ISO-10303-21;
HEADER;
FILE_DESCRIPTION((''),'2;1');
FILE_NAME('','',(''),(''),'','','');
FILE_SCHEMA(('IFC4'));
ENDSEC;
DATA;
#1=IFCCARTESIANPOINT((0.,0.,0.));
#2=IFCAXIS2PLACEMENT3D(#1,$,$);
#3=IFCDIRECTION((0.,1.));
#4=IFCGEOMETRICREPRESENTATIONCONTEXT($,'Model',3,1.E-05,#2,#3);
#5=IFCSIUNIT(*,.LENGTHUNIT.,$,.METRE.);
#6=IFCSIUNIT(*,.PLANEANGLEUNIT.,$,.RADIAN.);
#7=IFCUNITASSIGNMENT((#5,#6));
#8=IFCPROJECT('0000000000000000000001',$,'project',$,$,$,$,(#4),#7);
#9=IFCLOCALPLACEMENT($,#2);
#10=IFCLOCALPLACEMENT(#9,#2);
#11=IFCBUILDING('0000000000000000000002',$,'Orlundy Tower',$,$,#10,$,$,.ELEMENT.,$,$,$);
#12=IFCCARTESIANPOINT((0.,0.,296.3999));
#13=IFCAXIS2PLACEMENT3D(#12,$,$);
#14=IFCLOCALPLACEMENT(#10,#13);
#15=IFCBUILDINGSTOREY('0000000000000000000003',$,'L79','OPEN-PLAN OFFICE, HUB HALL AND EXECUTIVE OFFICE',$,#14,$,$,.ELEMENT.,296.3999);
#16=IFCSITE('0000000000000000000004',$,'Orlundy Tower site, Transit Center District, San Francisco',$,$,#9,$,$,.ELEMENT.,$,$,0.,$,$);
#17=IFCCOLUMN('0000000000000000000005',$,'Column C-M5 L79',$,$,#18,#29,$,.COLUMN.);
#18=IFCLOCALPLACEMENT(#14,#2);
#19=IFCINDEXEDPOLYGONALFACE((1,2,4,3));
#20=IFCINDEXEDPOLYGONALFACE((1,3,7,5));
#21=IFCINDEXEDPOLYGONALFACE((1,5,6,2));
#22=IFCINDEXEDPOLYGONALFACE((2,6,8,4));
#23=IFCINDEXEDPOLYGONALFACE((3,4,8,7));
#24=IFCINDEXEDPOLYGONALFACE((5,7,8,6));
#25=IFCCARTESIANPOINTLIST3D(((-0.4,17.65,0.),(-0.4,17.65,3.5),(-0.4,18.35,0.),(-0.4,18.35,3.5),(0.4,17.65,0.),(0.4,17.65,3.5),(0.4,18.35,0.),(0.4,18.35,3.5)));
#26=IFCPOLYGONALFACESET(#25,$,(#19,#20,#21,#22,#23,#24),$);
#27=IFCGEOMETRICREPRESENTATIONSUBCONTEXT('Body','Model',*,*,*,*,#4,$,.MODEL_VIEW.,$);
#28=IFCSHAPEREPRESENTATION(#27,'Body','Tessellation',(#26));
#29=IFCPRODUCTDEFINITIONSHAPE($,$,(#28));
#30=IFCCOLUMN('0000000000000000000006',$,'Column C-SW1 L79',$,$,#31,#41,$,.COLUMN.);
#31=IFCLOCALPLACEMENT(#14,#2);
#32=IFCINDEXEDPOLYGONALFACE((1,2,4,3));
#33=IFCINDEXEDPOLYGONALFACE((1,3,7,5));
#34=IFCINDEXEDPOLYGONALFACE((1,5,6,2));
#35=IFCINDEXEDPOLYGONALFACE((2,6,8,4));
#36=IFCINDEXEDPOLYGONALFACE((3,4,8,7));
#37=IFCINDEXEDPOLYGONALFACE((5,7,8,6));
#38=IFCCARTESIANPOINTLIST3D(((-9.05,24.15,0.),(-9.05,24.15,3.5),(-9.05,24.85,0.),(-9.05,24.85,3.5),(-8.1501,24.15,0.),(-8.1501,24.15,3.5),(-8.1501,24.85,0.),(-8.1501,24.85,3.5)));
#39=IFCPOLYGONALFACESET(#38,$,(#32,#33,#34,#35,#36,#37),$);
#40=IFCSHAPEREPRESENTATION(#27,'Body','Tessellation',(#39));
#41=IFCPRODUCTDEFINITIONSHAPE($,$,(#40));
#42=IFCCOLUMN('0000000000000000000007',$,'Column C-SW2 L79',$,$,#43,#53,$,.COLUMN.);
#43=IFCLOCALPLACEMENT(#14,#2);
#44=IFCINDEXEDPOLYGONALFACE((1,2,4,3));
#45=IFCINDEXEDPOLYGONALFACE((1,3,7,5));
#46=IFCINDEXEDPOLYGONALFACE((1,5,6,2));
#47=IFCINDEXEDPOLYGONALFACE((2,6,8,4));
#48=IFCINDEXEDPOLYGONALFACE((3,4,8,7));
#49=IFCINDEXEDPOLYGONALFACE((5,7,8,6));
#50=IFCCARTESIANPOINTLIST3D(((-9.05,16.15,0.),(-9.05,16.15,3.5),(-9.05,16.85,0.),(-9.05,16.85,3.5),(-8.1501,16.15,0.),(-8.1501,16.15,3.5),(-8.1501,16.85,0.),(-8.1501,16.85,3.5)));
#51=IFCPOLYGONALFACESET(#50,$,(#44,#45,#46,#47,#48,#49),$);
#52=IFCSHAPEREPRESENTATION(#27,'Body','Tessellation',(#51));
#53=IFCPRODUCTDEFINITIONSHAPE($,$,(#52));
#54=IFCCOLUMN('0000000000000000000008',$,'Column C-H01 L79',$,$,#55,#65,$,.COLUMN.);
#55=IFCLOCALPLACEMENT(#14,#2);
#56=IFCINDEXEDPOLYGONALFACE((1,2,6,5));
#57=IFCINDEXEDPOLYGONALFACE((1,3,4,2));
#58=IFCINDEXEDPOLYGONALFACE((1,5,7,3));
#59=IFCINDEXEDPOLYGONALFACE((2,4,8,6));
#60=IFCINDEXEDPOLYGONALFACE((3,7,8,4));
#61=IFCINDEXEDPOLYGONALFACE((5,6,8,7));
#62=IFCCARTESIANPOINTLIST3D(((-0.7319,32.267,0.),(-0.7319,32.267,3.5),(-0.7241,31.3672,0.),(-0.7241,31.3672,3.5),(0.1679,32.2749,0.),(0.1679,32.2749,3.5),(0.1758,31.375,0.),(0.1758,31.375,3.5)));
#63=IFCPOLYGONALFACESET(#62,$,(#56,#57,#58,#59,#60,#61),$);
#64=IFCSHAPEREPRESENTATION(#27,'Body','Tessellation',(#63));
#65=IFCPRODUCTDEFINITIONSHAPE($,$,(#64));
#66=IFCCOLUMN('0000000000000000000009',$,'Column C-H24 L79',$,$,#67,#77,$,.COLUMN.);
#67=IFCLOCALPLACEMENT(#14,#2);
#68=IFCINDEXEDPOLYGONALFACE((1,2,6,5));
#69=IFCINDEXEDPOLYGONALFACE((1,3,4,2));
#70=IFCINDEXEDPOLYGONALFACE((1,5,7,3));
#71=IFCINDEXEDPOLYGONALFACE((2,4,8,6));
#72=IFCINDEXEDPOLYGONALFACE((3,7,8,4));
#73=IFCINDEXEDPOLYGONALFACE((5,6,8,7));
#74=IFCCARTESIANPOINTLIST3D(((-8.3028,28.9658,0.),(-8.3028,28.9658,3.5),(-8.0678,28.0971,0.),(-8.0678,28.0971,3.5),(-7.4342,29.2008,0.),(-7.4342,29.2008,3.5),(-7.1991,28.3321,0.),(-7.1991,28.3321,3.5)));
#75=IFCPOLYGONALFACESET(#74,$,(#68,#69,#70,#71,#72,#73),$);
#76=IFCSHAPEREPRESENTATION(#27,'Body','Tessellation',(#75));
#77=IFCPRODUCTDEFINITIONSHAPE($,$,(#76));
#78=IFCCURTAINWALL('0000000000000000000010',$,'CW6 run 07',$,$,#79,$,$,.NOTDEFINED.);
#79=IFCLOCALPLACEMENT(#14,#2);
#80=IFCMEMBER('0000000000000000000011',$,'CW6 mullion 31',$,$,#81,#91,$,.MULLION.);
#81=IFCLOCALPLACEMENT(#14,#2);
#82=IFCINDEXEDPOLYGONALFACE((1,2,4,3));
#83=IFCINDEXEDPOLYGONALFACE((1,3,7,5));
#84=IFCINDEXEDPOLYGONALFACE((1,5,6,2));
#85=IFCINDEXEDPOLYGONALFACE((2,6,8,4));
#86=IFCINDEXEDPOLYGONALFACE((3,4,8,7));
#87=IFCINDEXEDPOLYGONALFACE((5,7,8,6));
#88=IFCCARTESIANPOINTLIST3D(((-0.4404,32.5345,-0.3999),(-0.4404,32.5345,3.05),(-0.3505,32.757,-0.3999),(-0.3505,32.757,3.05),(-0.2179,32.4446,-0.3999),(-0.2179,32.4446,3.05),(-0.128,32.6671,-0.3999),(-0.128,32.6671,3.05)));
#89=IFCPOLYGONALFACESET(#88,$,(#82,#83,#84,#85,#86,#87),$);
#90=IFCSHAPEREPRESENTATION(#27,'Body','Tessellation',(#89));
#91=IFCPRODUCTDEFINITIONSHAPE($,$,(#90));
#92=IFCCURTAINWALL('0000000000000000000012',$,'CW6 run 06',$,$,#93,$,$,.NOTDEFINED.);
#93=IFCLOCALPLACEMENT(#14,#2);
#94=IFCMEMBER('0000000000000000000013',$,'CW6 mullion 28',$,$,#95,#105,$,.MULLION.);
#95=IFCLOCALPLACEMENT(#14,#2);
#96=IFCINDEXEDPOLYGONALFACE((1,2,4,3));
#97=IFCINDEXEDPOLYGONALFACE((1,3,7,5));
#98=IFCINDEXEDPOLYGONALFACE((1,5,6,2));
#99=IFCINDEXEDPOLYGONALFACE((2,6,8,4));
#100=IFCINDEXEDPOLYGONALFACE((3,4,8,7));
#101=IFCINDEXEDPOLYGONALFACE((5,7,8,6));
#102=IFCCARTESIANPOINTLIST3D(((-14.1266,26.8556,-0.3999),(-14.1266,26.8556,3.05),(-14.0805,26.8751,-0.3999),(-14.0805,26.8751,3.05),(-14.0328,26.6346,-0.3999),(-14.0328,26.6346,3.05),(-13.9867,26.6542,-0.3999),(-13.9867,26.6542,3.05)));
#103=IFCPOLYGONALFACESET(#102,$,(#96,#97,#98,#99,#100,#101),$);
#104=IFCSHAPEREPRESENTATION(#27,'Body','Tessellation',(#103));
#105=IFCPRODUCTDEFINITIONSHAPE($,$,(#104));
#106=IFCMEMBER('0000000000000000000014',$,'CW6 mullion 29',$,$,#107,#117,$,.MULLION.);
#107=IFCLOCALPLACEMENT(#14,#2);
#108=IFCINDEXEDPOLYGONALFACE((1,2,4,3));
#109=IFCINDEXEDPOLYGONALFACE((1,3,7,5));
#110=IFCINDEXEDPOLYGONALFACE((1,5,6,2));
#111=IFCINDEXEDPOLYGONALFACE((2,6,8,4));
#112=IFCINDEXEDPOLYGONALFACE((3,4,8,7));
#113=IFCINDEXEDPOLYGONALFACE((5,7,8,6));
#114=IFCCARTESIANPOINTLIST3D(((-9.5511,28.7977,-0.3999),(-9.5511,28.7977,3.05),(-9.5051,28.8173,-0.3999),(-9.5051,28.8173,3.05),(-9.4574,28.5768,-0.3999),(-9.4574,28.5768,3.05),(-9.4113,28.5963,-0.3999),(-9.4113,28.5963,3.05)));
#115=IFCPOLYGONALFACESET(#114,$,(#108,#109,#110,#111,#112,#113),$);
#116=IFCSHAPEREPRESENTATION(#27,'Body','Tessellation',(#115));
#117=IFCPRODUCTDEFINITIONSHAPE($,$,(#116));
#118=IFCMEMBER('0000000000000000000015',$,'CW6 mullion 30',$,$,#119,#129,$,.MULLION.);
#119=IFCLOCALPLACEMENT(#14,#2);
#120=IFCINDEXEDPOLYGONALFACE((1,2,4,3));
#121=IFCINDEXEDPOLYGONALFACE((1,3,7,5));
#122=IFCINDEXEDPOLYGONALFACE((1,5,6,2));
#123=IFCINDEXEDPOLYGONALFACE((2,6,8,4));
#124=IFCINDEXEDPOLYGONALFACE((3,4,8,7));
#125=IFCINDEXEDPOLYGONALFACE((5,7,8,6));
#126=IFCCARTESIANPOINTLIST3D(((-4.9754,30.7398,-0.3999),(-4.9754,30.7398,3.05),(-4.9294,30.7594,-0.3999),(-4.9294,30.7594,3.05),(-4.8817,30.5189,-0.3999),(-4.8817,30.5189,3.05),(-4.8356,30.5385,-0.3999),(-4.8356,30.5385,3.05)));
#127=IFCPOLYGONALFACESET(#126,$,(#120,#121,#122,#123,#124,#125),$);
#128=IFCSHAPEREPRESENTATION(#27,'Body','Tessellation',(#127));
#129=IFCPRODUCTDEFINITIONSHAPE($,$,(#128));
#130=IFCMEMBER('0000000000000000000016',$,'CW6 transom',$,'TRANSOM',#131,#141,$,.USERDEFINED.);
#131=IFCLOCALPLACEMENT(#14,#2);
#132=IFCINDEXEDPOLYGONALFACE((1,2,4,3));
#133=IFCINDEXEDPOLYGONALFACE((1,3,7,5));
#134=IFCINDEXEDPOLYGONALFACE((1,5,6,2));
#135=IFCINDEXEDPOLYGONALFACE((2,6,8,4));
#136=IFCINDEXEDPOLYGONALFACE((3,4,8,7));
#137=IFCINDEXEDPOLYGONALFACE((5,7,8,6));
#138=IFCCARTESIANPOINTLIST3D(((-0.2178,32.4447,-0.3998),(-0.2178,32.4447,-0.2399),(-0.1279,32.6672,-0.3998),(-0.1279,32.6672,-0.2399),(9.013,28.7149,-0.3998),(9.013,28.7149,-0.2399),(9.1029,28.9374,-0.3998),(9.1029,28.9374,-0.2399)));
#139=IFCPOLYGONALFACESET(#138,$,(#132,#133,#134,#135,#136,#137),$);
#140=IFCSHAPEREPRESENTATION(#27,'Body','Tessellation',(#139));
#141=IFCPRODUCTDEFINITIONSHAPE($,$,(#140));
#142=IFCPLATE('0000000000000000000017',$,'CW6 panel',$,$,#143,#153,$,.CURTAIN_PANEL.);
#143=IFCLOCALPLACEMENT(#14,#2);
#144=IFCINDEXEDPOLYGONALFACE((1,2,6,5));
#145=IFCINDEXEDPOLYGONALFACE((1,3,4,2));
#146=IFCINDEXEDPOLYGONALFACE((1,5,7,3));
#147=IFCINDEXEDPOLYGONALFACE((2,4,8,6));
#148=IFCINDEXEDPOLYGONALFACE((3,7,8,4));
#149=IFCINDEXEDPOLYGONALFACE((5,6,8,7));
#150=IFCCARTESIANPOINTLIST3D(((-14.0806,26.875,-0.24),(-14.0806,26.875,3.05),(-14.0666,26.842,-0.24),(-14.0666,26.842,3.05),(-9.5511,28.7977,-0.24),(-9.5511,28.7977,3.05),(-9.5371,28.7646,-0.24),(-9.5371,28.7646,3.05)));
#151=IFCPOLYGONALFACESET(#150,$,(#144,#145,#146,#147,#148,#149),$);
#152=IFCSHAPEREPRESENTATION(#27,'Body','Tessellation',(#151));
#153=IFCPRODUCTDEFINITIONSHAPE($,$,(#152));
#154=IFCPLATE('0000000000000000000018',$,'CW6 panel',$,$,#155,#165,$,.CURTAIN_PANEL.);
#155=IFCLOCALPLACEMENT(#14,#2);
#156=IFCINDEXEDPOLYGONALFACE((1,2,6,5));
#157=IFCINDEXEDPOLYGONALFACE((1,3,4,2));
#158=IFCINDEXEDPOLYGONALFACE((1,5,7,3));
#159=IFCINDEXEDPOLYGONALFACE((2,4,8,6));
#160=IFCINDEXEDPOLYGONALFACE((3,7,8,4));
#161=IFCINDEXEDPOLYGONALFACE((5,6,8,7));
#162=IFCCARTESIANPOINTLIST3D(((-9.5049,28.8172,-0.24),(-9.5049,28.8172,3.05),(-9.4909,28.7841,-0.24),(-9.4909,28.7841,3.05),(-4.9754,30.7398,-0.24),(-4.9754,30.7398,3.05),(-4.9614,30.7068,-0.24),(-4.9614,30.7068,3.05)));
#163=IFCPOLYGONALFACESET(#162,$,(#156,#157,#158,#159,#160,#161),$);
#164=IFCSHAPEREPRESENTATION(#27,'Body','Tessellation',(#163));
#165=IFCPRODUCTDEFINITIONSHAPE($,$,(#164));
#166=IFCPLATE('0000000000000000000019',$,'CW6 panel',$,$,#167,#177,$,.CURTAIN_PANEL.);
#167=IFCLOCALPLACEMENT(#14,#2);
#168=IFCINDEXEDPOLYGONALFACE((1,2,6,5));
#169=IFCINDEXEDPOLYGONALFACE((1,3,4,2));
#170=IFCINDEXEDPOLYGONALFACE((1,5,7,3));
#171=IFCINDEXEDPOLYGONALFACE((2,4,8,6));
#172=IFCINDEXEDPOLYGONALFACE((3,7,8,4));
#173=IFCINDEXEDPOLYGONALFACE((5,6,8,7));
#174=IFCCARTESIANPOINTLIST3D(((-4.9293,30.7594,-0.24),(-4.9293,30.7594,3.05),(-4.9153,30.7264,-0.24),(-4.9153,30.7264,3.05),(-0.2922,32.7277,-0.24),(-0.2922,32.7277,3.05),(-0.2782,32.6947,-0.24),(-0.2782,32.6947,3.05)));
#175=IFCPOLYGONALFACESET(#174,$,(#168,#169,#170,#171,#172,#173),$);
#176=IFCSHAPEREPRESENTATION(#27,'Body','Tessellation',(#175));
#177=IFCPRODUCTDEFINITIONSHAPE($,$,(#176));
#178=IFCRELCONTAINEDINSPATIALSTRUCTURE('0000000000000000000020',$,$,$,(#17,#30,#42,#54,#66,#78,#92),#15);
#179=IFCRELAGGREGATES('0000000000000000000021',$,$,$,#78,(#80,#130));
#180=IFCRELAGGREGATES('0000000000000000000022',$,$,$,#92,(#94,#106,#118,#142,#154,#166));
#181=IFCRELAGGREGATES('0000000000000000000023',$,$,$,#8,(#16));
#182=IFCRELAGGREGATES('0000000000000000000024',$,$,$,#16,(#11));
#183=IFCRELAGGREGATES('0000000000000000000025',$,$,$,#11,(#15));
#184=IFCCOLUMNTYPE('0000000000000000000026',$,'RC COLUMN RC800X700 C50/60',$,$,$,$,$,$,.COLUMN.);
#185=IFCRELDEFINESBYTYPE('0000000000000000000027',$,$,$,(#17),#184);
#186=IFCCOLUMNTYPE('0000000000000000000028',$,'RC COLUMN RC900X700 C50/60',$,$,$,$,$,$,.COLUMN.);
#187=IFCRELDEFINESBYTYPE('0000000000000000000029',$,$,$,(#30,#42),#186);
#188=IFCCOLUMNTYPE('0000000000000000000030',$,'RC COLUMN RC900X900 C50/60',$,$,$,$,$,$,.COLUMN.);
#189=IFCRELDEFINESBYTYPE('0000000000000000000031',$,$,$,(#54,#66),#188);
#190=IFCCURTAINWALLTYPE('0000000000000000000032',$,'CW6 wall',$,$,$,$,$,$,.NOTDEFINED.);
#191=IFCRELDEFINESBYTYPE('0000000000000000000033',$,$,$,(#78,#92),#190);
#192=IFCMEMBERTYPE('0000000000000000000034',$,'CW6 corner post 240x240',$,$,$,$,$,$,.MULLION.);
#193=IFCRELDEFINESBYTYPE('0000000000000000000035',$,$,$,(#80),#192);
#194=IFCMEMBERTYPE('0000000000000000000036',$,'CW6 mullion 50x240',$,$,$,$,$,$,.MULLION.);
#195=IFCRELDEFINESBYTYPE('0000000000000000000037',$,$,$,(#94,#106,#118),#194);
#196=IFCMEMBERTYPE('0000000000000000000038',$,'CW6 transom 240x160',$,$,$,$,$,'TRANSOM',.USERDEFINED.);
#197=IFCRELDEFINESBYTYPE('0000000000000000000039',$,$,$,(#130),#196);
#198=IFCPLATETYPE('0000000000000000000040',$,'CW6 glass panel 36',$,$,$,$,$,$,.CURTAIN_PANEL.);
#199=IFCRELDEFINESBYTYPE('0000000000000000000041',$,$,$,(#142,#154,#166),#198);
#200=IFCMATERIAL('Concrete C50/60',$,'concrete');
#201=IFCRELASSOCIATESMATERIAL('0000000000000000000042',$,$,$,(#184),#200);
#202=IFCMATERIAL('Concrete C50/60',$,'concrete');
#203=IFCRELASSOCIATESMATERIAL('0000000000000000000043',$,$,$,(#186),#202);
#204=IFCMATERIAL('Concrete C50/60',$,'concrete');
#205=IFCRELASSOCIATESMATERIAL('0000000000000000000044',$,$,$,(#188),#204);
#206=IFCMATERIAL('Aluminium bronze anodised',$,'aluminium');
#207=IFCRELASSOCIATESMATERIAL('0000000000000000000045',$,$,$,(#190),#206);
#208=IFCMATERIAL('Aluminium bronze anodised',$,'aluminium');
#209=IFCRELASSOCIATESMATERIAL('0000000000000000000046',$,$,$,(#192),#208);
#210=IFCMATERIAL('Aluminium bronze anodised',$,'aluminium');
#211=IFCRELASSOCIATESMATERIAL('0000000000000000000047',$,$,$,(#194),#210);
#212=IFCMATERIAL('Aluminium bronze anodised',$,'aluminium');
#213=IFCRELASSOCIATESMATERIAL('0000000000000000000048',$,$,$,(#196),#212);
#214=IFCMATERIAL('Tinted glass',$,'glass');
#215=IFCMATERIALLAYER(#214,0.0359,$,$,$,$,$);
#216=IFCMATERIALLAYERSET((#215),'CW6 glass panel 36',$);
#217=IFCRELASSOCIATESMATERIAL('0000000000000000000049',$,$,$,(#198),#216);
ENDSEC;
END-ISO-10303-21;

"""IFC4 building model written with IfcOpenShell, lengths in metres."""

from ifc_helpers import new_model, si_unit, direction, frame, origin, origin_2d, place, context, subcontext, project, spatial, rectangle, extrude, material, layer, layer_set, material_profile, profile_set, type_object, element, aggregate, save


model = new_model("IFC4")

# Units and contexts
model_context = context("Model", 3, precision=1e-05, world=origin(), true_north=direction((0.0, 1.0)))
body_context = subcontext(model_context, "Body", "Model", "MODEL_VIEW")
ifc_project = project(units=[si_unit("LENGTHUNIT", "METRE"), si_unit("PLANEANGLEUNIT", "RADIAN")], contexts=[model_context])

# Site, building, storey
site_placement = place(None, origin())
site = spatial("IfcSite", under=ifc_project, at=site_placement, Name="Orlundy Tower site, Transit Center District, San Francisco", CompositionType="ELEMENT", RefElevation=0.0)
building_placement = place(site_placement, origin())
building = spatial("IfcBuilding", under=site, at=building_placement, Name="Orlundy Tower", CompositionType="ELEMENT")
storey_placement = place(building_placement, frame((0.0, 0.0, 296.3999)))
storey = spatial("IfcBuildingStorey", under=building, at=storey_placement, Name="L79", Description="OPEN-PLAN OFFICE, HUB HALL AND EXECUTIVE OFFICE", CompositionType="ELEMENT", Elevation=296.3999)

# Columns
ifc_material_1 = material(Name="Concrete C50/60", Category="concrete")
ifc_material_profile_1 = material_profile(ifc_material_1, rectangle(XDim=0.8, YDim=0.7, at=origin_2d()), Name="RC800X700")
ifc_profile_set_1 = profile_set([ifc_material_profile_1], Name="Concrete C50/60")
column_type_1 = type_object("IfcColumnType", Name="RC COLUMN RC800X700 C50/60", PredefinedType="COLUMN", material=ifc_profile_set_1)
column_placement = place(storey_placement, frame((0.0, 18.0, 0.0), z_axis=(0.0, 0.0, 1.0), x_axis=(1.0, 0.0, 0.0)))
element("IfcColumn", 1, at=column_placement, inside=storey, type_object=column_type_1, Name="Column C-M5 L79", PredefinedType="COLUMN", context=body_context, shape_type="SweptSolid", body=[
    extrude(rectangle(XDim=0.8, YDim=0.7, at=origin_2d()), origin(), (0.0, 0.0, 1.0), 3.5),
])
ifc_material_2 = material(Name="Concrete C50/60", Category="concrete")
ifc_material_profile_2 = material_profile(ifc_material_2, rectangle(XDim=0.8999, YDim=0.7, at=origin_2d()), Name="RC900X700")
ifc_profile_set_2 = profile_set([ifc_material_profile_2], Name="Concrete C50/60")
column_type_2 = type_object("IfcColumnType", Name="RC COLUMN RC900X700 C50/60", PredefinedType="COLUMN", material=ifc_profile_set_2)
for number, where, z_axis, x_axis, name in (
    (2, (-8.6001, 24.5, 0.0), (0.0, 0.0, 1.0), (1.0, 0.0, 0.0), "Column C-SW1 L79"),
    (3, (-8.6001, 16.5, 0.0), (0.0, 0.0, 1.0), (1.0, 0.0, 0.0), "Column C-SW2 L79"),
):
    element("IfcColumn", number, at=place(storey_placement, frame(where, z_axis=z_axis, x_axis=x_axis)), inside=storey, type_object=column_type_2, Name=name, PredefinedType="COLUMN", context=body_context, shape_type="SweptSolid", body=[
        extrude(rectangle(XDim=0.8999, YDim=0.7, at=origin_2d()), origin(), (0.0, 0.0, 1.0), 3.5),
    ])
ifc_material_3 = material(Name="Concrete C50/60", Category="concrete")
ifc_material_profile_3 = material_profile(ifc_material_3, rectangle(XDim=0.8999, YDim=0.8999, at=origin_2d()), Name="RC900X900")
ifc_profile_set_3 = profile_set([ifc_material_profile_3], Name="Concrete C50/60")
column_type_3 = type_object("IfcColumnType", Name="RC COLUMN RC900X900 C50/60", PredefinedType="COLUMN", material=ifc_profile_set_3)
for number, where, z_axis, x_axis, name in (
    (4, (-0.2781, 31.821, 0.0), (0.0, 0.0, 1.0), (-0.008744, 0.999962, 0.0), "Column C-H01 L79"),
    (5, (-7.751, 28.6489, 0.0), (0.0, 0.0, 1.0), (-0.261162, 0.965295, 0.0), "Column C-H24 L79"),
):
    element("IfcColumn", number, at=place(storey_placement, frame(where, z_axis=z_axis, x_axis=x_axis)), inside=storey, type_object=column_type_3, Name=name, PredefinedType="COLUMN", context=body_context, shape_type="SweptSolid", body=[
        extrude(rectangle(XDim=0.8999, YDim=0.8999, at=origin_2d()), origin(), (0.0, 0.0, 1.0), 3.5),
    ])

# Curtain wall, member
ifc_material_4 = material(Name="Aluminium bronze anodised", Category="aluminium")
curtain_wall_type = type_object("IfcCurtainWallType", Name="CW6 wall", PredefinedType="NOTDEFINED", material=ifc_material_4)
curtain_wall_1_placement = place(storey_placement, origin())
curtain_wall_1 = element("IfcCurtainWall", 6, at=curtain_wall_1_placement, inside=storey, type_object=curtain_wall_type, Name="CW6 run 07", PredefinedType="NOTDEFINED")
ifc_material_5 = material(Name="Aluminium bronze anodised", Category="aluminium")
ifc_material_profile_4 = material_profile(ifc_material_5, rectangle(XDim=0.24, YDim=0.24, at=origin_2d()), Name="CW6 corner post 240x240")
ifc_profile_set_4 = profile_set([ifc_material_profile_4], Name="Aluminium bronze anodised")
member_type_1 = type_object("IfcMemberType", Name="CW6 corner post 240x240", PredefinedType="MULLION", material=ifc_profile_set_4)
member_1_placement = place(storey_placement, frame((-0.2842, 32.6008, -0.3999), z_axis=(0.0, 0.0, 1.0), x_axis=(0.374639, 0.927171, 0.0)))
member_1 = element("IfcMember", 7, at=member_1_placement, type_object=member_type_1, Name="CW6 mullion 31", PredefinedType="MULLION", context=body_context, shape_type="SweptSolid", body=[
    extrude(rectangle(XDim=0.24, YDim=0.24, at=origin_2d()), origin(), (0.0, 0.0, 1.0), 3.45),
])

# Curtain wall, members
curtain_wall_2_placement = place(storey_placement, origin())
curtain_wall_2 = element("IfcCurtainWall", 8, at=curtain_wall_2_placement, inside=storey, type_object=curtain_wall_type, Name="CW6 run 06", PredefinedType="NOTDEFINED")
ifc_material_6 = material(Name="Aluminium bronze anodised", Category="aluminium")
ifc_material_profile_5 = material_profile(ifc_material_6, rectangle(XDim=0.24, YDim=0.05, at=origin_2d()), Name="CW6 mullion 50x240")
ifc_profile_set_5 = profile_set([ifc_material_profile_5], Name="Aluminium bronze anodised")
member_type_2 = type_object("IfcMemberType", Name="CW6 mullion 50x240", PredefinedType="MULLION", material=ifc_profile_set_5)
member_2_placement = place(storey_placement, frame((-14.0566, 26.7549, -0.3999), z_axis=(0.0, 0.0, 1.0), x_axis=(-0.390727, 0.920507, 0.0)))
member_2 = element("IfcMember", 9, at=member_2_placement, type_object=member_type_2, Name="CW6 mullion 28", PredefinedType="MULLION", context=body_context, shape_type="SweptSolid", body=[
    extrude(rectangle(XDim=0.24, YDim=0.05, at=origin_2d()), origin(), (0.0, 0.0, 1.0), 3.45),
])
member_3_placement = place(storey_placement, frame((-9.4812, 28.697, -0.3999), z_axis=(0.0, 0.0, 1.0), x_axis=(-0.390727, 0.920507, 0.0)))
member_3 = element("IfcMember", 10, at=member_3_placement, type_object=member_type_2, Name="CW6 mullion 29", PredefinedType="MULLION", context=body_context, shape_type="SweptSolid", body=[
    extrude(rectangle(XDim=0.24, YDim=0.05, at=origin_2d()), origin(), (0.0, 0.0, 1.0), 3.45),
])
member_4_placement = place(storey_placement, frame((-4.9055, 30.6392, -0.3999), z_axis=(0.0, 0.0, 1.0), x_axis=(-0.390727, 0.920507, 0.0)))
member_4 = element("IfcMember", 11, at=member_4_placement, type_object=member_type_2, Name="CW6 mullion 30", PredefinedType="MULLION", context=body_context, shape_type="SweptSolid", body=[
    extrude(rectangle(XDim=0.24, YDim=0.05, at=origin_2d()), origin(), (0.0, 0.0, 1.0), 3.45),
])

# Member
ifc_material_7 = material(Name="Aluminium bronze anodised", Category="aluminium")
ifc_material_profile_6 = material_profile(ifc_material_7, rectangle(XDim=0.24, YDim=0.1599, at=origin_2d()), Name="CW6 transom 240x160")
ifc_profile_set_6 = profile_set([ifc_material_profile_6], Name="Aluminium bronze anodised")
member_type_3 = type_object("IfcMemberType", Name="CW6 transom 240x160", ElementType="TRANSOM", PredefinedType="USERDEFINED", material=ifc_profile_set_6)
member_5_placement = place(storey_placement, frame((-0.1729, 32.5559, -0.3198), z_axis=(0.927174, -0.374631, 0.0), x_axis=(0.374631, 0.927174, 0.0)))
member_5 = element("IfcMember", 12, at=member_5_placement, type_object=member_type_3, Name="CW6 transom", ObjectType="TRANSOM", PredefinedType="USERDEFINED", context=body_context, shape_type="SweptSolid", body=[
    extrude(rectangle(XDim=0.24, YDim=0.1599, at=origin_2d()), origin(), (0.0, 0.0, 1.0), 9.9558),
])
aggregate(curtain_wall_1, [member_1, member_5])

# Plates
ifc_material_8 = material(Name="Tinted glass", Category="glass")
ifc_layer_1 = layer(ifc_material_8, 0.0359)
ifc_layer_set_1 = layer_set([ifc_layer_1], Name="CW6 glass panel 36")
plate_type = type_object("IfcPlateType", Name="CW6 glass panel 36", PredefinedType="CURTAIN_PANEL", material=ifc_layer_set_1)
plate_1_placement = place(storey_placement, frame((-11.8088, 27.8198, -0.24), z_axis=(0.0, 0.0, 1.0), x_axis=(0.920507, 0.390727, 0.0)))
plate_1 = element("IfcPlate", 13, at=plate_1_placement, type_object=plate_type, Name="CW6 panel", PredefinedType="CURTAIN_PANEL", context=body_context, shape_type="SweptSolid", body=[
    extrude(rectangle(XDim=4.9207, YDim=0.0359, at=origin_2d()), origin(), (0.0, 0.0, 1.0), 3.29),
])
plate_2_placement = place(storey_placement, frame((-7.2332, 29.762, -0.24), z_axis=(0.0, 0.0, 1.0), x_axis=(0.920507, 0.390727, 0.0)))
plate_2 = element("IfcPlate", 14, at=plate_2_placement, type_object=plate_type, Name="CW6 panel", PredefinedType="CURTAIN_PANEL", context=body_context, shape_type="SweptSolid", body=[
    extrude(rectangle(XDim=4.9207, YDim=0.0359, at=origin_2d()), origin(), (0.0, 0.0, 1.0), 3.29),
])
plate_3_placement = place(storey_placement, frame((-2.6038, 31.7271, -0.24), z_axis=(0.0, 0.0, 1.0), x_axis=(0.920507, 0.390727, 0.0)))
plate_3 = element("IfcPlate", 15, at=plate_3_placement, type_object=plate_type, Name="CW6 panel", PredefinedType="CURTAIN_PANEL", context=body_context, shape_type="SweptSolid", body=[
    extrude(rectangle(XDim=5.0376, YDim=0.0359, at=origin_2d()), origin(), (0.0, 0.0, 1.0), 3.29),
])
aggregate(curtain_wall_2, [member_2, member_3, member_4, plate_1, plate_2, plate_3])

save(model, "model.ifc")
